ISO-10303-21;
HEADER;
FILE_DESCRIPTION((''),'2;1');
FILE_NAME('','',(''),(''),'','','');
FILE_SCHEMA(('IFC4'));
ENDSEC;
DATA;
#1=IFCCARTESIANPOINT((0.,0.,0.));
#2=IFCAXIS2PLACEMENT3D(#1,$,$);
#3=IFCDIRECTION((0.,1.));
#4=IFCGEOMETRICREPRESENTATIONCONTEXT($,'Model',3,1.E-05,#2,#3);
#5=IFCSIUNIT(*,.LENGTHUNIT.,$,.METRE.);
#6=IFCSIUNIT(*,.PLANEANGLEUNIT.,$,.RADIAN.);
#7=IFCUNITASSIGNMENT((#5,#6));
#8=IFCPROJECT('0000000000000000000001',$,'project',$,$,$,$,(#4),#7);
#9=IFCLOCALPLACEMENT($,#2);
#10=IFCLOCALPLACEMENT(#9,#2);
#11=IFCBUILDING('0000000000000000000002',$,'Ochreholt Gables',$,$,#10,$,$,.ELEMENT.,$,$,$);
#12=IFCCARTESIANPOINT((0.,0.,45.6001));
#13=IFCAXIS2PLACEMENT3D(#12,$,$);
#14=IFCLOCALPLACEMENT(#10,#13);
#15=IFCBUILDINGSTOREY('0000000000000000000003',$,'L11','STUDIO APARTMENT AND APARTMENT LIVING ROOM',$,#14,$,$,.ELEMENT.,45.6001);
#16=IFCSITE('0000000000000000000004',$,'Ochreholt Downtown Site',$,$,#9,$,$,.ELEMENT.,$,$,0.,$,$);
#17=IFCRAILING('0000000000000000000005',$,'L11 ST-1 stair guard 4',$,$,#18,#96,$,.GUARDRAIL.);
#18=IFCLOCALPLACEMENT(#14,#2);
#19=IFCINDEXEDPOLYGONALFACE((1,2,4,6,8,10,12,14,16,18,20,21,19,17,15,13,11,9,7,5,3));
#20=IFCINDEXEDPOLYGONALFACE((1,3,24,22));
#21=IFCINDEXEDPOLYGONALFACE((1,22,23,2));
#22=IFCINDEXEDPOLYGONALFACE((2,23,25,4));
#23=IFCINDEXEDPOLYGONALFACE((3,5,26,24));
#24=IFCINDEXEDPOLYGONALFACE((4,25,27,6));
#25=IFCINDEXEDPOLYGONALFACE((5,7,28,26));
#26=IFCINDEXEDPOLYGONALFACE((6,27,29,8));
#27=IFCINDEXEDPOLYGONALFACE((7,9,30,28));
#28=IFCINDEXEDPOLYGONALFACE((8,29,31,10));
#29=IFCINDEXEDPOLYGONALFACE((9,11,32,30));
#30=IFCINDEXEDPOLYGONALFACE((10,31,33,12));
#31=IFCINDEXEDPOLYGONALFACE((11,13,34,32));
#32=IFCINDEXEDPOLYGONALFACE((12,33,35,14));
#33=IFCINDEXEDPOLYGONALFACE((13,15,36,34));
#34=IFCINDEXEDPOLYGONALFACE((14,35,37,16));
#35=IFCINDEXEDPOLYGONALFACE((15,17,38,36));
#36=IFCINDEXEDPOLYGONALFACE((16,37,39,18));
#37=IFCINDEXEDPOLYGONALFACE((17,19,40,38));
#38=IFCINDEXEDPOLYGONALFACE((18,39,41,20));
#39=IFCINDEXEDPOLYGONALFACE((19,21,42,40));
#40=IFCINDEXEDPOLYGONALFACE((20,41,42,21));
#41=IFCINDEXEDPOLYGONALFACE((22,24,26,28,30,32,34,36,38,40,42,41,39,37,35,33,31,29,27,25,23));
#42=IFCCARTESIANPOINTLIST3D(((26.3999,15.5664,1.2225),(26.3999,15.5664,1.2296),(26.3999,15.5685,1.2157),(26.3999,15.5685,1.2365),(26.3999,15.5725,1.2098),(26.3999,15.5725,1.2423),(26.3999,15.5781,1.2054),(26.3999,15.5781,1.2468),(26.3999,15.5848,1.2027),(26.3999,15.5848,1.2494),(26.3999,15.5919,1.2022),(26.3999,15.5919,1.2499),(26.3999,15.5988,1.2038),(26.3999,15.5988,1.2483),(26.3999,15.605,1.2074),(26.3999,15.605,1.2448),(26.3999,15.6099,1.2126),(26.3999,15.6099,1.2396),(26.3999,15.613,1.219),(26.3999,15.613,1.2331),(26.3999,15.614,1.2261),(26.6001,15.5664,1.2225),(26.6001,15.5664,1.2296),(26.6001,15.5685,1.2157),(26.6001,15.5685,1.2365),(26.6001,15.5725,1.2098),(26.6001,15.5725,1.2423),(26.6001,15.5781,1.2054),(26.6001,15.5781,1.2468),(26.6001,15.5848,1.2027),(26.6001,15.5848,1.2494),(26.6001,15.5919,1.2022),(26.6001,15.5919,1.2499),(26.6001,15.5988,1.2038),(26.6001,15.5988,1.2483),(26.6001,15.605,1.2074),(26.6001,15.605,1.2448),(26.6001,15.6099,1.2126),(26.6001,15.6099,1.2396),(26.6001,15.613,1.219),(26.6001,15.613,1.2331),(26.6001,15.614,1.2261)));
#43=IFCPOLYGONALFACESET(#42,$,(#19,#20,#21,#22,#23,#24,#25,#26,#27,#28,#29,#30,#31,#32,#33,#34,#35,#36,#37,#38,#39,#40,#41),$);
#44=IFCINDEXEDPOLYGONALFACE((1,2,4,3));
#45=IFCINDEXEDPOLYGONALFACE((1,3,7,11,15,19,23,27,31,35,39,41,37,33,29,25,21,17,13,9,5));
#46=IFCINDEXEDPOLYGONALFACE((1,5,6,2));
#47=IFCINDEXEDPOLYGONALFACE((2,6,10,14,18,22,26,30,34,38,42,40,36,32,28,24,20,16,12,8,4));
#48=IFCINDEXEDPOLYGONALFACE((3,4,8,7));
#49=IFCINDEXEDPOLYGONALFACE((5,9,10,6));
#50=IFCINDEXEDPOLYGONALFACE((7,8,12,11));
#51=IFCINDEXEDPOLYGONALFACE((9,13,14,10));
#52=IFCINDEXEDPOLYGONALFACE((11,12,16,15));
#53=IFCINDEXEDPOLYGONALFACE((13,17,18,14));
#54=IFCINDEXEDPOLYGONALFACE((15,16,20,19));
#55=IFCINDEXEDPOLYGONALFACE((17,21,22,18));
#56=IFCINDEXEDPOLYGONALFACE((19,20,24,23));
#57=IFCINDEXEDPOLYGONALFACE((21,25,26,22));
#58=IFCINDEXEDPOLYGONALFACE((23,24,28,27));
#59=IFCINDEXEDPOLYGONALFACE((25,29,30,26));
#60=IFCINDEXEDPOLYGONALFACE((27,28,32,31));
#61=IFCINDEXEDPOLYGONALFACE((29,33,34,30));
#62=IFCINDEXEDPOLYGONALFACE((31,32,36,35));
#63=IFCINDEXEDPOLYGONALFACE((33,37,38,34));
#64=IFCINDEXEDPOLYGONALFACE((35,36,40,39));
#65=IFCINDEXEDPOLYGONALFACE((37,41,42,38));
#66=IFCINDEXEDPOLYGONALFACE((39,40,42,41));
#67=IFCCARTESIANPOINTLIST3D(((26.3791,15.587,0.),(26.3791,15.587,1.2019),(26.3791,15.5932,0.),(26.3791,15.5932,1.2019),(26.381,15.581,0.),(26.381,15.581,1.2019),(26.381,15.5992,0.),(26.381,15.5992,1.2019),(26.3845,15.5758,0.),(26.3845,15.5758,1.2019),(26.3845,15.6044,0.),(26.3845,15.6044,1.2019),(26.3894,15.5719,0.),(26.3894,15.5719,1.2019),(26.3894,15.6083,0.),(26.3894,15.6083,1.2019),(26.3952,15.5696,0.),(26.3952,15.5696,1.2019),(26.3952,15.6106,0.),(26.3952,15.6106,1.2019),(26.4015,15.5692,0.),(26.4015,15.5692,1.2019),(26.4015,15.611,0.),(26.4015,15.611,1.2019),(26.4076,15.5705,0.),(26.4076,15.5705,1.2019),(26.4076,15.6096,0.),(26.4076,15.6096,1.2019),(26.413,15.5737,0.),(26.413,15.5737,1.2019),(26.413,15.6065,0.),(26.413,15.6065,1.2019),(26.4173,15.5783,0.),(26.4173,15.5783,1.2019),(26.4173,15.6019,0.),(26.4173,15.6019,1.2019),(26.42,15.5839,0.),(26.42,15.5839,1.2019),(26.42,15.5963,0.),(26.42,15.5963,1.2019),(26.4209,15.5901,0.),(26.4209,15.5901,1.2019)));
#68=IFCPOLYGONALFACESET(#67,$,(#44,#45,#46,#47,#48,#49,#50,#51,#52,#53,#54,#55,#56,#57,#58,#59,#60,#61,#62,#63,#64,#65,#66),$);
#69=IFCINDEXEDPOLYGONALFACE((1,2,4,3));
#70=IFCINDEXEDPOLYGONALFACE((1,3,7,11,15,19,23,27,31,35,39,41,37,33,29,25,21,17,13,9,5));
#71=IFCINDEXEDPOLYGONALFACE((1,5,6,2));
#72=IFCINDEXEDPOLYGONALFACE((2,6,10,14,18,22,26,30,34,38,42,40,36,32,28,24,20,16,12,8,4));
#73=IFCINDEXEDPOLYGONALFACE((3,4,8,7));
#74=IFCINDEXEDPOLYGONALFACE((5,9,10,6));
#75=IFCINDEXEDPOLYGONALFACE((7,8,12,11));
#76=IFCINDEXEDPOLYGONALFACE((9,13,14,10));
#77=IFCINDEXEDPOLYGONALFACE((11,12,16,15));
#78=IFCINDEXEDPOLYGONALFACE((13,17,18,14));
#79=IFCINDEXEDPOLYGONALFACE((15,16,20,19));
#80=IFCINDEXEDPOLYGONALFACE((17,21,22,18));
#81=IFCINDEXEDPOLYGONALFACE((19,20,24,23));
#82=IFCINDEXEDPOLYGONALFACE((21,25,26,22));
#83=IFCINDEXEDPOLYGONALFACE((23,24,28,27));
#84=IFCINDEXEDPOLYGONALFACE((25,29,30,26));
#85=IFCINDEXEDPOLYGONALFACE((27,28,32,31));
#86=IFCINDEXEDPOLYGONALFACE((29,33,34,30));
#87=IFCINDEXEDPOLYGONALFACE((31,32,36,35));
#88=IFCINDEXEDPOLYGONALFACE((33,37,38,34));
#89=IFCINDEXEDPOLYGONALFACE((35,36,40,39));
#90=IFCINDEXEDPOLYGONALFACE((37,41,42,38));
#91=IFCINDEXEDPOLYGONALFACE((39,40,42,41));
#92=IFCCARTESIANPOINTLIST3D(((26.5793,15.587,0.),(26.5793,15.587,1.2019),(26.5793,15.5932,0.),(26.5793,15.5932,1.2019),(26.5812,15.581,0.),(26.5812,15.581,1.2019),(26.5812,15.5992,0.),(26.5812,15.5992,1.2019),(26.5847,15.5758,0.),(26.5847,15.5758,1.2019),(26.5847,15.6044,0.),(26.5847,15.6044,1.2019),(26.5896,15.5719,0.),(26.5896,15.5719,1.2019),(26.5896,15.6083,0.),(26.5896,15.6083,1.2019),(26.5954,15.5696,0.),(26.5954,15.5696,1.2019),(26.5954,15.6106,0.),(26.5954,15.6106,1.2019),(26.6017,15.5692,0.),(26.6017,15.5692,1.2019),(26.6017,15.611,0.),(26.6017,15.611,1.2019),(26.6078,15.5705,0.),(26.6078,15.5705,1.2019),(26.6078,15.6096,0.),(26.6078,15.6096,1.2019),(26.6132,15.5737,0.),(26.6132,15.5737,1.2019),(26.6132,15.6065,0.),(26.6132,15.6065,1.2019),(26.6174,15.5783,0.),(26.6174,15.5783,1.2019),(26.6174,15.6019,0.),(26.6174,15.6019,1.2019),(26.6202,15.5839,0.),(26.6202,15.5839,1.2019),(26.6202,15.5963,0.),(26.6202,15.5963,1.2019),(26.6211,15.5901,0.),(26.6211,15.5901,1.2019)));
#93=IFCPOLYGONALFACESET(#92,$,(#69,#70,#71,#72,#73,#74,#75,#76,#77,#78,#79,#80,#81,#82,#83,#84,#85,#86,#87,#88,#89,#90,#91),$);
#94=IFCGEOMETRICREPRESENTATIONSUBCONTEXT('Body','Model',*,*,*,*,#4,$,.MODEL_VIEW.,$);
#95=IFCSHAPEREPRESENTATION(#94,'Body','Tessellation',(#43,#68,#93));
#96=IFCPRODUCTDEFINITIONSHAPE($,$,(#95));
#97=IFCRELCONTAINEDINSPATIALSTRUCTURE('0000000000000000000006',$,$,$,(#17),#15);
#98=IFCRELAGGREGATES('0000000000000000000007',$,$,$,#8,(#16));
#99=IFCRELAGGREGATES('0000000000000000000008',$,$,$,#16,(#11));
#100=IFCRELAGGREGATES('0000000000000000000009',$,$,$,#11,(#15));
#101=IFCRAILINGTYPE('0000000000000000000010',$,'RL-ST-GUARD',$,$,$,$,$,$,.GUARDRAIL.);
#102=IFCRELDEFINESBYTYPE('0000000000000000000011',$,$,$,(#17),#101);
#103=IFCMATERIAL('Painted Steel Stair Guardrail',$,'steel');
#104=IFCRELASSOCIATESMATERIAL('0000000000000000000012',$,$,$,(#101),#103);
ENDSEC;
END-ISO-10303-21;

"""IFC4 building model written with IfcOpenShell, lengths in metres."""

from ifc_helpers import new_model, si_unit, direction, frame, origin, origin_2d, place, context, subcontext, project, spatial, circle, extrude, material, type_object, element, save


model = new_model("IFC4")

# Units and contexts
model_context = context("Model", 3, precision=1e-05, world=origin(), true_north=direction((0.0, 1.0)))
body_context = subcontext(model_context, "Body", "Model", "MODEL_VIEW")
ifc_project = project(units=[si_unit("LENGTHUNIT", "METRE"), si_unit("PLANEANGLEUNIT", "RADIAN")], contexts=[model_context])

# Site, building, storey
site_placement = place(None, origin())
site = spatial("IfcSite", under=ifc_project, at=site_placement, Name="Ochreholt Downtown Site", CompositionType="ELEMENT", RefElevation=0.0)
building_placement = place(site_placement, origin())
building = spatial("IfcBuilding", under=site, at=building_placement, Name="Ochreholt Gables", CompositionType="ELEMENT")
storey_placement = place(building_placement, frame((0.0, 0.0, 45.6001)))
storey = spatial("IfcBuildingStorey", under=building, at=storey_placement, Name="L11", Description="STUDIO APARTMENT AND APARTMENT LIVING ROOM", CompositionType="ELEMENT", Elevation=45.6001)

# Railing
ifc_material_1 = material(Name="Painted Steel Stair Guardrail", Category="steel")
railing_type_1 = type_object("IfcRailingType", Name="RL-ST-GUARD", PredefinedType="GUARDRAIL", material=ifc_material_1)
railing_1_placement = place(storey_placement, frame((26.3999, 15.5901, 0.0)))
element("IfcRailing", 1, at=railing_1_placement, inside=storey, type_object=railing_type_1, Name="L11 ST-1 stair guard 4", PredefinedType="GUARDRAIL", context=body_context, shape_type="SweptSolid", body=[
    extrude(circle(Radius=0.0239, at=origin_2d()), frame((0.0, 0.0, 1.2261), z_axis=(1.0, 0.0, 0.0), x_axis=(0.0, 1.0, 0.0)), (0.0, 0.0, 1.0), 0.2002),
    extrude(circle(Radius=0.021, at=origin_2d()), origin(), (0.0, 0.0, 1.0), 1.2019),
    extrude(circle(Radius=0.021, at=origin_2d()), frame((0.2002, 0.0, 0.0)), (0.0, 0.0, 1.0), 1.2019),
])

save(model, "model.ifc")
